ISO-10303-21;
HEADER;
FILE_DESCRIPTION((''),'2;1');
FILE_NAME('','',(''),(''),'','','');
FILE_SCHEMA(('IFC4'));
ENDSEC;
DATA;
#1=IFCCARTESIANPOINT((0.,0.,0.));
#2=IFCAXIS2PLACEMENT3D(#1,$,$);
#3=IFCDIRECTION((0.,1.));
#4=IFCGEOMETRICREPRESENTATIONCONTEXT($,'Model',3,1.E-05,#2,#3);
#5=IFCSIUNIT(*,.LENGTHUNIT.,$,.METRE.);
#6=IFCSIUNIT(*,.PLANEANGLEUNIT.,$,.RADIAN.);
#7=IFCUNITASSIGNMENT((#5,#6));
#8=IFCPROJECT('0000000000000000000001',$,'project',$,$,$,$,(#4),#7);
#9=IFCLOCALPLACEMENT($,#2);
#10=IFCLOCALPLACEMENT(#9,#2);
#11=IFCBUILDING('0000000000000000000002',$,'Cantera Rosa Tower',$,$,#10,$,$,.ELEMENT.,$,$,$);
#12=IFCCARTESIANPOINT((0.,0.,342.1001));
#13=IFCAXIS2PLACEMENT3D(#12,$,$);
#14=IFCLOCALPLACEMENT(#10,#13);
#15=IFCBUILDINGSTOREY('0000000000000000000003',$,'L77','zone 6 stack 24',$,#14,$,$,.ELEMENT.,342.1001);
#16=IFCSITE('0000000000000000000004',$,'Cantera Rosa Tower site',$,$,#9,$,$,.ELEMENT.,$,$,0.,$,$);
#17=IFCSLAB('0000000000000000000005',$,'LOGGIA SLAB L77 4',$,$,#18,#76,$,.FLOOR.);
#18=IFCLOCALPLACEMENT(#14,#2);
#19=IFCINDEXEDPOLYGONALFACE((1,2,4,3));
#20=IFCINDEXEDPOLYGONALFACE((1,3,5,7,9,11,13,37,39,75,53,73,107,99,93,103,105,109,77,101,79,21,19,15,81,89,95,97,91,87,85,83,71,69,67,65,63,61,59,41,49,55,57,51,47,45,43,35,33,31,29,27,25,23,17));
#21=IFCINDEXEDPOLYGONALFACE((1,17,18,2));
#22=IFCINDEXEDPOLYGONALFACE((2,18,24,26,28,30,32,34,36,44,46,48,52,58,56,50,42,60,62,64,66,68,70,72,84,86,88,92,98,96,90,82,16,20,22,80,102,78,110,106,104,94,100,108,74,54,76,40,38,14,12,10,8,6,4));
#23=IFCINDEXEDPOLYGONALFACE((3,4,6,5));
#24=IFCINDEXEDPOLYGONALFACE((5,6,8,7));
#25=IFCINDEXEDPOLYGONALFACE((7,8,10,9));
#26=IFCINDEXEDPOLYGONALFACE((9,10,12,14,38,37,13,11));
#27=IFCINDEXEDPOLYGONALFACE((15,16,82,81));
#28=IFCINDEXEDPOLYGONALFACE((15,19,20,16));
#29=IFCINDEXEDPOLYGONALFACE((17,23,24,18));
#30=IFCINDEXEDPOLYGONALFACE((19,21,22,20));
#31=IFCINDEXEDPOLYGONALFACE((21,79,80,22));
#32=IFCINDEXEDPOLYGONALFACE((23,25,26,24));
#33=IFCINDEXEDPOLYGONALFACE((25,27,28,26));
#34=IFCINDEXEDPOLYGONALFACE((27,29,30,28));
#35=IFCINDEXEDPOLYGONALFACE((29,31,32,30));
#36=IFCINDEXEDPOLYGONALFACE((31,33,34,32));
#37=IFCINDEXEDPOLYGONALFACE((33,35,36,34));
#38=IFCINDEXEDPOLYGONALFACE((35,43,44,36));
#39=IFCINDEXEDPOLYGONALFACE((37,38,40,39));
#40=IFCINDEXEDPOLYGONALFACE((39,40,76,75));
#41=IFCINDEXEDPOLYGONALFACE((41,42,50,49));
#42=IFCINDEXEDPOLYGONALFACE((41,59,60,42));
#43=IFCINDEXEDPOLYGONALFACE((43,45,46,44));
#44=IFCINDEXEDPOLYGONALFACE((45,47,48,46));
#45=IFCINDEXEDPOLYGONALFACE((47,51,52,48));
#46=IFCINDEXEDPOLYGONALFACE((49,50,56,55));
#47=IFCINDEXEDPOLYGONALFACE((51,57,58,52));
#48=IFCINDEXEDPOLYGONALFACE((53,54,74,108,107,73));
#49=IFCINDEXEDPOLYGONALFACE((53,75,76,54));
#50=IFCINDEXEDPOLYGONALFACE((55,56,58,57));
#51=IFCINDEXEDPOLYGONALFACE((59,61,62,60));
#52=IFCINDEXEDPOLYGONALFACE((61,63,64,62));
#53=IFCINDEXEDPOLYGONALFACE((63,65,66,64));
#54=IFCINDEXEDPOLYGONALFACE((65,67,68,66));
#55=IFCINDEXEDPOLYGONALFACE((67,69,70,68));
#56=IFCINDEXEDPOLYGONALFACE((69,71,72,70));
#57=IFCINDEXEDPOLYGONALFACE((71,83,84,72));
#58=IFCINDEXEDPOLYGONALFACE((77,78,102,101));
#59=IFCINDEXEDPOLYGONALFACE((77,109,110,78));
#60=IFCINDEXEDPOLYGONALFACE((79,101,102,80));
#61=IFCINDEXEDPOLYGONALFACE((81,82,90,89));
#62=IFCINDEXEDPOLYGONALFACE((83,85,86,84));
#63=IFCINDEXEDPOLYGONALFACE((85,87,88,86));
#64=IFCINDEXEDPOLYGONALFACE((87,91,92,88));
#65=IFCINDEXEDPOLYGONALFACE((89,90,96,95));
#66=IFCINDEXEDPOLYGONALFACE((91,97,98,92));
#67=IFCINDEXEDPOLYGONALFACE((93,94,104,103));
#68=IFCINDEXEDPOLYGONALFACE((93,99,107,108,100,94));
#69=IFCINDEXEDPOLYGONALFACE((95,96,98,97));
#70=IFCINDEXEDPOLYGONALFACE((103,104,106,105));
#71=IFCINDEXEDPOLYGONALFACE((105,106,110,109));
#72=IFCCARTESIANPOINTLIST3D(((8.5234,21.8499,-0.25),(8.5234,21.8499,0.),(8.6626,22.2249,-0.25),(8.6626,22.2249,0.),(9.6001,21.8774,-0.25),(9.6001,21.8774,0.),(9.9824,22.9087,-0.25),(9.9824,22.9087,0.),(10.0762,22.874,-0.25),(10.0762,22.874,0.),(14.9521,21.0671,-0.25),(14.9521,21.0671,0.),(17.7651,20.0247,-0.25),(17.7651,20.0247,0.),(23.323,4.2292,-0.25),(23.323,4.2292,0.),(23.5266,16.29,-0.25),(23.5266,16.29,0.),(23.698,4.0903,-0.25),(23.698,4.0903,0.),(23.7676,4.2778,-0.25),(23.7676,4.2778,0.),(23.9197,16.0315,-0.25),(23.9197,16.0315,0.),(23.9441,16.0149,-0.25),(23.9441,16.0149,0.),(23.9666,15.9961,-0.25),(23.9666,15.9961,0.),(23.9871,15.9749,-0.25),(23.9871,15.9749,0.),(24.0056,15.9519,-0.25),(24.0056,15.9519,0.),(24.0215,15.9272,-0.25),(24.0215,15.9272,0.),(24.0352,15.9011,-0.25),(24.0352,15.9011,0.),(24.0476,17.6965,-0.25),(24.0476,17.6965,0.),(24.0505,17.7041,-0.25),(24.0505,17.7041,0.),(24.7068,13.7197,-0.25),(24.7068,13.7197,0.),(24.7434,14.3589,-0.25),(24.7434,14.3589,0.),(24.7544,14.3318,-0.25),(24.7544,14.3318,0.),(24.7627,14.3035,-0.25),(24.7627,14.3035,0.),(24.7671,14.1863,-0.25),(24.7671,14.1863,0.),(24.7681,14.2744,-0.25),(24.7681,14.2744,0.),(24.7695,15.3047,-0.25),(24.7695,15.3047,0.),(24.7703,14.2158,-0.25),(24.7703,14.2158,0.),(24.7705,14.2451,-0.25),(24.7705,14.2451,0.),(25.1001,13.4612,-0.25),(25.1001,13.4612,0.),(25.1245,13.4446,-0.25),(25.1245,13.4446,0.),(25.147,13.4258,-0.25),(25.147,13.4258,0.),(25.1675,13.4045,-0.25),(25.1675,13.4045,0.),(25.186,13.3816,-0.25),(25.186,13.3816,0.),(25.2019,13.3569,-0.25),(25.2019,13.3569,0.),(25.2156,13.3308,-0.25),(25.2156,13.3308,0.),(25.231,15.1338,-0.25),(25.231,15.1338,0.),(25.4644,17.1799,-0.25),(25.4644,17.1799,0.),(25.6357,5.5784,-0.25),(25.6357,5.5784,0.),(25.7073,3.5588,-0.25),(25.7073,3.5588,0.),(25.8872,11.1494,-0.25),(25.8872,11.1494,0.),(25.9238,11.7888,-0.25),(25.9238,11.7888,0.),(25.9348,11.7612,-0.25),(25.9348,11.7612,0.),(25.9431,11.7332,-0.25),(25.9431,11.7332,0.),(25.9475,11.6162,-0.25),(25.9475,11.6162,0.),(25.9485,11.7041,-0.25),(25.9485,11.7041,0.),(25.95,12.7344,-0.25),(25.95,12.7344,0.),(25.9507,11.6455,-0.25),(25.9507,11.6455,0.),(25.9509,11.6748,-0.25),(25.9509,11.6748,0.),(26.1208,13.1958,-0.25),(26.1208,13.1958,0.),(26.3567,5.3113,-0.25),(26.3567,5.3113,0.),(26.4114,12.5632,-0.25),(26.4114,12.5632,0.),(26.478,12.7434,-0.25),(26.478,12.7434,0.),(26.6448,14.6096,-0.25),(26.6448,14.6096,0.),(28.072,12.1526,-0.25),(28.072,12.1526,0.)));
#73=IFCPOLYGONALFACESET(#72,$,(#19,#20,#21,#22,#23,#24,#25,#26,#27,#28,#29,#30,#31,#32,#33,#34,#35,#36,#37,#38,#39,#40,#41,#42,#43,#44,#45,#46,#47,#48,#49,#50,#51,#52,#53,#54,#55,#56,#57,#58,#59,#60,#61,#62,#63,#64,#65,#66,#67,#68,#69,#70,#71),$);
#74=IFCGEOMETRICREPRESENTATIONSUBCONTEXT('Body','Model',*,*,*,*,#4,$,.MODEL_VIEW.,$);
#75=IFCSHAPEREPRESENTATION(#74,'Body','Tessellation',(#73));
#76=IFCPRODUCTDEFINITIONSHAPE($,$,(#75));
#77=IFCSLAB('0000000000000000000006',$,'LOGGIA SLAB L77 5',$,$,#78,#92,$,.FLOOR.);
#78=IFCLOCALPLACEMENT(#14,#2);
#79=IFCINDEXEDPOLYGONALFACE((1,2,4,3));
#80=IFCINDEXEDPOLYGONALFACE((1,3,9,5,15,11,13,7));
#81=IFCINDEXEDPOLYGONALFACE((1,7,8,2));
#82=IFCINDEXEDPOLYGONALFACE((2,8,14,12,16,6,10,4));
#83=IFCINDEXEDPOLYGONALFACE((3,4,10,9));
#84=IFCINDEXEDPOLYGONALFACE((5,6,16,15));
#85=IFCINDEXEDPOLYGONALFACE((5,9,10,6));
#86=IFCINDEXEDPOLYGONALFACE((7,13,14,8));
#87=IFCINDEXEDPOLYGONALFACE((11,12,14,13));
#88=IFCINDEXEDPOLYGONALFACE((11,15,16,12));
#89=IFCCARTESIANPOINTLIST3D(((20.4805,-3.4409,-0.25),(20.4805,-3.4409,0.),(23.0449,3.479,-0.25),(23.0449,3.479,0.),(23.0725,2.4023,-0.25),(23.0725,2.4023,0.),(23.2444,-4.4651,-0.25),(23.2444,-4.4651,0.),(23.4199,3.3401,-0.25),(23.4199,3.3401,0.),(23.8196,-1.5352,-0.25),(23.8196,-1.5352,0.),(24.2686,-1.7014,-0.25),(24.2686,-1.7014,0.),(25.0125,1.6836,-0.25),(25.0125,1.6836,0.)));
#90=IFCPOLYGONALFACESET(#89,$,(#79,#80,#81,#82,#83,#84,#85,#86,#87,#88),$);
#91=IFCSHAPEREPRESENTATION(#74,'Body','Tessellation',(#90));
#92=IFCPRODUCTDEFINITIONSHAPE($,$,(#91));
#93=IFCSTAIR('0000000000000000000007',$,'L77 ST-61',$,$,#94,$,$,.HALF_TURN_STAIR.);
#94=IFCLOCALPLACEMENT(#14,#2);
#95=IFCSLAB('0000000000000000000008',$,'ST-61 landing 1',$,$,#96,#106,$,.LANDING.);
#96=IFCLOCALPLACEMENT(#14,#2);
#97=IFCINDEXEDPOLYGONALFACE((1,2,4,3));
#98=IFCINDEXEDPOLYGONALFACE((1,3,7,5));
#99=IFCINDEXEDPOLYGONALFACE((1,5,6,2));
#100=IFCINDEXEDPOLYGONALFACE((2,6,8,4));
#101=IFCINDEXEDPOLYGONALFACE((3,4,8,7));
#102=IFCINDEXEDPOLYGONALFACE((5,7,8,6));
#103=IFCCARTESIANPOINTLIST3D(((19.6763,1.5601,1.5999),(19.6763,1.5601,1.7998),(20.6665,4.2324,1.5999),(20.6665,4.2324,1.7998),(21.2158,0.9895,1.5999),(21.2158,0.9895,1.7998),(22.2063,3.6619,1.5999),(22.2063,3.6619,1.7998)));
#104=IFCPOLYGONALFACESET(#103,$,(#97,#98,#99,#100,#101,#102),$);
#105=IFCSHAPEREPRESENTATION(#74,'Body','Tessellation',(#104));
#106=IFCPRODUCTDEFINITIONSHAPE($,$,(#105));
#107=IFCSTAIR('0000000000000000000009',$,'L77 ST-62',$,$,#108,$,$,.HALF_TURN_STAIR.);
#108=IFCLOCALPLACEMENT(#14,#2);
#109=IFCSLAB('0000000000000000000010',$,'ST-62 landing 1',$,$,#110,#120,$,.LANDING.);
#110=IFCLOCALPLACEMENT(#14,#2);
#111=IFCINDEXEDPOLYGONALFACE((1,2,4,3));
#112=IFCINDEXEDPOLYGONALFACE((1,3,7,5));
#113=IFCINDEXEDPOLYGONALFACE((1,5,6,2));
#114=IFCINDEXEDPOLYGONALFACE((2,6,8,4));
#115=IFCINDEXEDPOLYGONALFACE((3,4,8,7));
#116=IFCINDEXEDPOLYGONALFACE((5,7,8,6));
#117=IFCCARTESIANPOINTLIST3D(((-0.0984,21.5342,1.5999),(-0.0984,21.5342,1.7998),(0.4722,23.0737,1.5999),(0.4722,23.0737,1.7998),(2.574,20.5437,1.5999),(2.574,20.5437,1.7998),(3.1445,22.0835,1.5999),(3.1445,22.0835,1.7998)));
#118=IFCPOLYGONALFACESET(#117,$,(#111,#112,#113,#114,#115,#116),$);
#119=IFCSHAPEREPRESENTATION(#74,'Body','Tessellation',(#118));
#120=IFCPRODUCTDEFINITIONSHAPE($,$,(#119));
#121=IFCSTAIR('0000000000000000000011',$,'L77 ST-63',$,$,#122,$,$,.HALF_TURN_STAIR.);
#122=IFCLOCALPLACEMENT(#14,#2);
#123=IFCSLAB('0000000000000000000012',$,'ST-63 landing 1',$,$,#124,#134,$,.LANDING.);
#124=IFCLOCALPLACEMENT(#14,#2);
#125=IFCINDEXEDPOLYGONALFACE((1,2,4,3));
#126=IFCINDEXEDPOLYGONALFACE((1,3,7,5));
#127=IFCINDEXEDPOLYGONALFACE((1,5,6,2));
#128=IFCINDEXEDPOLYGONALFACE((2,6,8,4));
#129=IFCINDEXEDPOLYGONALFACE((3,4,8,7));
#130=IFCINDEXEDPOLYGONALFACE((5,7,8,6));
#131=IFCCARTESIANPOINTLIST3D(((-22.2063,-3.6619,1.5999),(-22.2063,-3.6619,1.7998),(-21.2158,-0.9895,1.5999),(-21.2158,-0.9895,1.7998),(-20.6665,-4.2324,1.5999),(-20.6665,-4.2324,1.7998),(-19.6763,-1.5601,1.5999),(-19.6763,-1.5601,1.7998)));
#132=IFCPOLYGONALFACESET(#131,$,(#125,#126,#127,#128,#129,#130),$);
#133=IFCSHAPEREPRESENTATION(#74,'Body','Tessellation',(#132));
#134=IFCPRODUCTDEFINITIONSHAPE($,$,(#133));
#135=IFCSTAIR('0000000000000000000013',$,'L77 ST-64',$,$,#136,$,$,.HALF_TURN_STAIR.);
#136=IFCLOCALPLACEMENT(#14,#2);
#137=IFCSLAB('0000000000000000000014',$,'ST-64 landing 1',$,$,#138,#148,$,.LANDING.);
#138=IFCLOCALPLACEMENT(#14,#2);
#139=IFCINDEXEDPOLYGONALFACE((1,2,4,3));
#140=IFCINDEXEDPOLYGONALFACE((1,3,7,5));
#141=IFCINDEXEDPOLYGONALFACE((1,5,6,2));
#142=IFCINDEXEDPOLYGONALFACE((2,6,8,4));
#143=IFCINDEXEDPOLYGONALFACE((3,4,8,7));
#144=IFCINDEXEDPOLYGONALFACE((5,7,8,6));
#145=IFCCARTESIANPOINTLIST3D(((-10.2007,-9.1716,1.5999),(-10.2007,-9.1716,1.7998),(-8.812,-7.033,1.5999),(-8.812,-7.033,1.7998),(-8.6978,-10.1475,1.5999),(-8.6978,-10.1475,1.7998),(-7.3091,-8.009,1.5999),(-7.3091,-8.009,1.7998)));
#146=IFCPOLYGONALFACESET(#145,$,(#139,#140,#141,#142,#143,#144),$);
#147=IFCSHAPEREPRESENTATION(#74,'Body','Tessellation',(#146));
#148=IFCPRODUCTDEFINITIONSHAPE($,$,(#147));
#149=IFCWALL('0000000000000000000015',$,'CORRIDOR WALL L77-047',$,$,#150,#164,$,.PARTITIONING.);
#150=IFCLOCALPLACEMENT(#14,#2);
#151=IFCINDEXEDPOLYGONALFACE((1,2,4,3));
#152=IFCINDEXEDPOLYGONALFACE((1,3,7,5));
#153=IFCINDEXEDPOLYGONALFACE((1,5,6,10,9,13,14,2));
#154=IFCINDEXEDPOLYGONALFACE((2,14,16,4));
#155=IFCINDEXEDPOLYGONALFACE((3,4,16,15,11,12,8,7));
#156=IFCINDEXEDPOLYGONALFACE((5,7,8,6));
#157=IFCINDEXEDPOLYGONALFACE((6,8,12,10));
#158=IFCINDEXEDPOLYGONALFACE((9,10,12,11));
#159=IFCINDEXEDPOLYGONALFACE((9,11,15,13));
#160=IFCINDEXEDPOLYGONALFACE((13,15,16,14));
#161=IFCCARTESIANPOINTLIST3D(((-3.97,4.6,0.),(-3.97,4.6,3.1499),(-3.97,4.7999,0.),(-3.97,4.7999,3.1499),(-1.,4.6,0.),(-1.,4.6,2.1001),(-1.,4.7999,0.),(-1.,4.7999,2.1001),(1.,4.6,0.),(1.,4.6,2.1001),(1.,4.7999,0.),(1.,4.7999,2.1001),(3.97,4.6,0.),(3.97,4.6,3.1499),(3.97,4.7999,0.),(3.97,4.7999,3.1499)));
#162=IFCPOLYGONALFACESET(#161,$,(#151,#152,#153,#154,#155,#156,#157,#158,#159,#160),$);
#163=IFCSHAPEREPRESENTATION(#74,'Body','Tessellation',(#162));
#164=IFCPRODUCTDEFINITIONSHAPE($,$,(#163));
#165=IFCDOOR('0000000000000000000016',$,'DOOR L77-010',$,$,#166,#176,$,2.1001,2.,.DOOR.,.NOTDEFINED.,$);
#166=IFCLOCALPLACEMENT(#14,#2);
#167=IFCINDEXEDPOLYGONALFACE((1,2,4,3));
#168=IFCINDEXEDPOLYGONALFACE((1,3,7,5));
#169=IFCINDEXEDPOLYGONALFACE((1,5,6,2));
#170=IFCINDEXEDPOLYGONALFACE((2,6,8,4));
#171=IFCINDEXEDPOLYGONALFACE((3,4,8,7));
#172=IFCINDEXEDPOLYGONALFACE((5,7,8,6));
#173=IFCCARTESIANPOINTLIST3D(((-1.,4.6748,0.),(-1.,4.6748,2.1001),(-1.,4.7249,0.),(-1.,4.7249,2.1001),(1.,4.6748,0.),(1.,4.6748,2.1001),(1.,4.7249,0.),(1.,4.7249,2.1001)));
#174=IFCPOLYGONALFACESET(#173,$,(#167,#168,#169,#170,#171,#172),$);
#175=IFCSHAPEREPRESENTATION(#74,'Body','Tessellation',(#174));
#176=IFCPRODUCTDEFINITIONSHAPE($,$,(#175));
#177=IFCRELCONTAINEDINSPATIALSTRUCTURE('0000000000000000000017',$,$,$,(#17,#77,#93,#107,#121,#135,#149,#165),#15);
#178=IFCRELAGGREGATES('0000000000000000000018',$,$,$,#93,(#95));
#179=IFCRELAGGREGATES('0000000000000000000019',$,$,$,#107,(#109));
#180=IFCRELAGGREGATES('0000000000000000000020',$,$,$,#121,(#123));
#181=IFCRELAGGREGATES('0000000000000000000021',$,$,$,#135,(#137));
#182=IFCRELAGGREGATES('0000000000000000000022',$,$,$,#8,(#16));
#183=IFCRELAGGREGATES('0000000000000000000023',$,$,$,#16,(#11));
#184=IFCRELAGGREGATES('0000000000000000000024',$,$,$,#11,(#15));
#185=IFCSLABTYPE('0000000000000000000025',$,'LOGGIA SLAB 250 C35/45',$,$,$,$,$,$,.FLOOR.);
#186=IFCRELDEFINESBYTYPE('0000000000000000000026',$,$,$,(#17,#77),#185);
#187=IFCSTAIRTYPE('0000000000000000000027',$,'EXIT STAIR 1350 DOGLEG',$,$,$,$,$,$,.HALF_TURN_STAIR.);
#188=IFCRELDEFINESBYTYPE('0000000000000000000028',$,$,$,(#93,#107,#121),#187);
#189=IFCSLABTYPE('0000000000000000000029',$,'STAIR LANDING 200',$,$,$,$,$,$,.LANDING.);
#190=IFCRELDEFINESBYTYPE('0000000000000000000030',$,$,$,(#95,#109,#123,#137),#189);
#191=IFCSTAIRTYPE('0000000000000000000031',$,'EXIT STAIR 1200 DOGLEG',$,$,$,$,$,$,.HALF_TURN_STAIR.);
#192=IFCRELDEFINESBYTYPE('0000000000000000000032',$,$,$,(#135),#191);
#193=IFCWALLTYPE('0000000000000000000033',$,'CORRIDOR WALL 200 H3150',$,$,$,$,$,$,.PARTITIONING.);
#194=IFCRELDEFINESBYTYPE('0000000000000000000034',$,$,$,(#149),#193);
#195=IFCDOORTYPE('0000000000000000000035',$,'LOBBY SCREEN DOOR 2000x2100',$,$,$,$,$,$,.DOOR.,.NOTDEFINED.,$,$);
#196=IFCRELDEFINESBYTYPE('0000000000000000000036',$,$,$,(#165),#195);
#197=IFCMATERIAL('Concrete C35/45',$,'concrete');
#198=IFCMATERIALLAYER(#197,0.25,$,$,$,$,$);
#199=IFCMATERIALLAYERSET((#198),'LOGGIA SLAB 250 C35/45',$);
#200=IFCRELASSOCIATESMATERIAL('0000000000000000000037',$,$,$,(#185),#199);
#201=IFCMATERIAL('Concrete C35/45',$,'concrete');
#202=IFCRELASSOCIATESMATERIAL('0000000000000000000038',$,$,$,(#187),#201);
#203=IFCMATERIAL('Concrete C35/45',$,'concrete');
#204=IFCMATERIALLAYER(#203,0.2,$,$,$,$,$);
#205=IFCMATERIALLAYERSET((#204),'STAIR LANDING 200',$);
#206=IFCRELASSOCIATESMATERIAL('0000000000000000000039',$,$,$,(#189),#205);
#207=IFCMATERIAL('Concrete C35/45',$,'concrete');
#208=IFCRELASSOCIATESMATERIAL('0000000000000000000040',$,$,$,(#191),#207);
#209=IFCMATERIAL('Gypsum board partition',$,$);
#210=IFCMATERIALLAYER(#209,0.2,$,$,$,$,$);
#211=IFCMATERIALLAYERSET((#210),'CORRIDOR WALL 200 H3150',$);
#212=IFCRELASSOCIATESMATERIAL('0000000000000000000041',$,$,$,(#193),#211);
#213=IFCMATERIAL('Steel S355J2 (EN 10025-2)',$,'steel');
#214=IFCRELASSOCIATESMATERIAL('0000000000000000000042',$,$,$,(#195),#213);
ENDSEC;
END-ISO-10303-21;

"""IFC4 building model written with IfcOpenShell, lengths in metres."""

from ifc_helpers import new_model, si_unit, direction, frame, frame_2d, origin, place, context, subcontext, project, spatial, polyline, rectangle, outline, extrude, material, layer, layer_set, type_object, element, fill, aggregate, save


model = new_model("IFC4")

# Units and contexts
model_context = context("Model", 3, precision=1e-05, world=origin(), true_north=direction((0.0, 1.0)))
body_context = subcontext(model_context, "Body", "Model", "MODEL_VIEW")
ifc_project = project(units=[si_unit("LENGTHUNIT", "METRE"), si_unit("PLANEANGLEUNIT", "RADIAN")], contexts=[model_context])

# Site, building, storey
site_placement = place(None, origin())
site = spatial("IfcSite", under=ifc_project, at=site_placement, Name="Cantera Rosa Tower site", CompositionType="ELEMENT", RefElevation=0.0)
building_placement = place(site_placement, origin())
building = spatial("IfcBuilding", under=site, at=building_placement, Name="Cantera Rosa Tower", CompositionType="ELEMENT")
storey_placement = place(building_placement, frame((0.0, 0.0, 342.1001)))
storey = spatial("IfcBuildingStorey", under=building, at=storey_placement, Name="L77", Description="zone 6 stack 24", CompositionType="ELEMENT", Elevation=342.1001)

# Slabs
ifc_material_1 = material(Name="Concrete C35/45", Category="concrete")
ifc_layer_1 = layer(ifc_material_1, 0.25)
ifc_layer_set_1 = layer_set([ifc_layer_1], Name="LOGGIA SLAB 250 C35/45")
slab_type_1 = type_object("IfcSlabType", Name="LOGGIA SLAB 250 C35/45", PredefinedType="FLOOR", material=ifc_layer_set_1)
slab_1_placement = place(storey_placement, frame((0.0, 0.0, -0.25)))
element("IfcSlab", 1, at=slab_1_placement, inside=storey, type_object=slab_type_1, Name="LOGGIA SLAB L77 4", PredefinedType="FLOOR", context=body_context, shape_type="SweptSolid", body=[
    extrude(outline(polyline([(17.7651, 20.0247), (24.0476, 17.6965), (24.0505, 17.7041), (25.4644, 17.1799), (24.7695, 15.3047), (25.231, 15.1338), (26.6448, 14.6096), (26.1208, 13.1958), (25.95, 12.7344), (26.4114, 12.5632), (26.478, 12.7434), (28.072, 12.1526), (25.6357, 5.5784), (26.3567, 5.3113), (25.7073, 3.5588), (23.7676, 4.2778), (23.698, 4.0903), (23.323, 4.2292), (25.8872, 11.1494), (25.9475, 11.6162), (25.9507, 11.6455), (25.9509, 11.6748), (25.9485, 11.7041), (25.9431, 11.7332), (25.9348, 11.7612), (25.9238, 11.7888), (25.2156, 13.3308), (25.2019, 13.3569), (25.186, 13.3816), (25.1675, 13.4045), (25.147, 13.4258), (25.1245, 13.4446), (25.1001, 13.4612), (24.7068, 13.7197), (24.7671, 14.1863), (24.7703, 14.2158), (24.7705, 14.2451), (24.7681, 14.2744), (24.7627, 14.3035), (24.7544, 14.3318), (24.7434, 14.3589), (24.0352, 15.9011), (24.0215, 15.9272), (24.0056, 15.9519), (23.9871, 15.9749), (23.9666, 15.9961), (23.9441, 16.0149), (23.9197, 16.0315), (23.5266, 16.29), (8.5234, 21.8499), (8.6626, 22.2249), (9.6001, 21.8774), (9.9824, 22.9087), (10.0762, 22.874), (14.9521, 21.0671), (17.7651, 20.0247)])), origin(), (0.0, 0.0, 1.0), 0.25),
])
slab_2_placement = place(storey_placement, frame((0.0, 0.0, -0.25)))
element("IfcSlab", 2, at=slab_2_placement, inside=storey, type_object=slab_type_1, Name="LOGGIA SLAB L77 5", PredefinedType="FLOOR", context=body_context, shape_type="SweptSolid", body=[
    extrude(outline(polyline([(23.4199, 3.3401), (23.0725, 2.4023), (25.0125, 1.6836), (23.8196, -1.5352), (24.2686, -1.7014), (23.2444, -4.4651), (20.4805, -3.4409), (23.0449, 3.479), (23.4199, 3.3401)])), origin(), (0.0, 0.0, 1.0), 0.25),
])

# Stairs, slabs
ifc_material_2 = material(Name="Concrete C35/45", Category="concrete")
stair_type_1 = type_object("IfcStairType", Name="EXIT STAIR 1350 DOGLEG", PredefinedType="HALF_TURN_STAIR", material=ifc_material_2)
stair_1_placement = place(storey_placement, origin())
stair_1 = element("IfcStair", 3, at=stair_1_placement, inside=storey, type_object=stair_type_1, Name="L77 ST-61", PredefinedType="HALF_TURN_STAIR")
ifc_material_3 = material(Name="Concrete C35/45", Category="concrete")
ifc_layer_2 = layer(ifc_material_3, 0.2)
ifc_layer_set_2 = layer_set([ifc_layer_2], Name="STAIR LANDING 200")
slab_type_2 = type_object("IfcSlabType", Name="STAIR LANDING 200", PredefinedType="LANDING", material=ifc_layer_set_2)
slab_3_placement = place(storey_placement, frame((0.0, 0.0, 1.5999)))
slab_3 = element("IfcSlab", 4, at=slab_3_placement, type_object=slab_type_2, Name="ST-61 landing 1", PredefinedType="LANDING", context=body_context, shape_type="SweptSolid", body=[
    extrude(outline(polyline([(19.6763, 1.5601), (21.2158, 0.9895), (22.2063, 3.6619), (20.6665, 4.2324), (19.6763, 1.5601)])), origin(), (0.0, 0.0, 1.0), 0.2),
])
aggregate(stair_1, [slab_3])
stair_2_placement = place(storey_placement, origin())
stair_2 = element("IfcStair", 5, at=stair_2_placement, inside=storey, type_object=stair_type_1, Name="L77 ST-62", PredefinedType="HALF_TURN_STAIR")
slab_4_placement = place(storey_placement, frame((0.0, 0.0, 1.5999)))
slab_4 = element("IfcSlab", 6, at=slab_4_placement, type_object=slab_type_2, Name="ST-62 landing 1", PredefinedType="LANDING", context=body_context, shape_type="SweptSolid", body=[
    extrude(outline(polyline([(2.574, 20.5437), (3.1445, 22.0835), (0.4722, 23.0737), (-0.0984, 21.5342), (2.574, 20.5437)])), origin(), (0.0, 0.0, 1.0), 0.2),
])
aggregate(stair_2, [slab_4])
stair_3_placement = place(storey_placement, origin())
stair_3 = element("IfcStair", 7, at=stair_3_placement, inside=storey, type_object=stair_type_1, Name="L77 ST-63", PredefinedType="HALF_TURN_STAIR")
slab_5_placement = place(storey_placement, frame((0.0, 0.0, 1.5999)))
slab_5 = element("IfcSlab", 8, at=slab_5_placement, type_object=slab_type_2, Name="ST-63 landing 1", PredefinedType="LANDING", context=body_context, shape_type="SweptSolid", body=[
    extrude(outline(polyline([(-19.6763, -1.5601), (-21.2158, -0.9895), (-22.2063, -3.6619), (-20.6665, -4.2324), (-19.6763, -1.5601)])), origin(), (0.0, 0.0, 1.0), 0.2),
])
aggregate(stair_3, [slab_5])
ifc_material_4 = material(Name="Concrete C35/45", Category="concrete")
stair_type_2 = type_object("IfcStairType", Name="EXIT STAIR 1200 DOGLEG", PredefinedType="HALF_TURN_STAIR", material=ifc_material_4)
stair_4_placement = place(storey_placement, origin())
stair_4 = element("IfcStair", 9, at=stair_4_placement, inside=storey, type_object=stair_type_2, Name="L77 ST-64", PredefinedType="HALF_TURN_STAIR")
slab_6_placement = place(storey_placement, frame((0.0, 0.0, 1.5999)))
slab_6 = element("IfcSlab", 10, at=slab_6_placement, type_object=slab_type_2, Name="ST-64 landing 1", PredefinedType="LANDING", context=body_context, shape_type="SweptSolid", body=[
    extrude(outline(polyline([(-7.3091, -8.009), (-8.812, -7.033), (-10.2007, -9.1716), (-8.6978, -10.1475), (-7.3091, -8.009)])), origin(), (0.0, 0.0, 1.0), 0.2),
])
aggregate(stair_4, [slab_6])

# Wall, opening, door
ifc_material_5 = material(Name="Gypsum board partition")
ifc_layer_3 = layer(ifc_material_5, 0.2)
ifc_layer_set_3 = layer_set([ifc_layer_3], Name="CORRIDOR WALL 200 H3150")
wall_type = type_object("IfcWallType", Name="CORRIDOR WALL 200 H3150", PredefinedType="PARTITIONING", material=ifc_layer_set_3)
wall_placement = place(storey_placement, frame((-3.97, 4.7, 0.0), z_axis=(0.0, 0.0, 1.0), x_axis=(1.0, 0.0, 0.0)))
wall = element("IfcWall", 11, at=wall_placement, inside=storey, type_object=wall_type, Name="CORRIDOR WALL L77-047", PredefinedType="PARTITIONING", context=body_context, shape_type="SweptSolid", body=[
    extrude(rectangle(XDim=7.9399, YDim=0.2, at=frame_2d((3.97, 0.0))), origin(), (0.0, 0.0, 1.0), 3.1499),
])
opening_placement = place(wall_placement, frame((2.97, 0.0, 0.0)))
opening = element("IfcOpeningElement", 12, at=opening_placement, cuts=wall, PredefinedType="OPENING", context=body_context, shape_type="SweptSolid", body=[
    extrude(rectangle(XDim=2.0, YDim=2.1001, at=frame_2d((1.0, 1.05))), frame((0.0, 0.1099, 0.0), z_axis=(0.0, -1.0, 0.0), x_axis=(1.0, 0.0, 0.0)), (0.0, 0.0, 1.0), 0.22),
])
ifc_material_6 = material(Name="Steel S355J2 (EN 10025-2)", Category="steel")
door_type = type_object("IfcDoorType", Name="LOBBY SCREEN DOOR 2000x2100", OperationType="NOTDEFINED", PredefinedType="DOOR", material=ifc_material_6)
door_placement = place(opening_placement, origin())
door = element("IfcDoor", 13, at=door_placement, inside=storey, type_object=door_type, Name="DOOR L77-010", OperationType="NOTDEFINED", OverallHeight=2.1001, OverallWidth=2.0, PredefinedType="DOOR", context=body_context, shape_type="SweptSolid", body=[
    extrude(rectangle(XDim=2.0, YDim=2.1001, at=frame_2d((1.0, 1.05))), frame((0.0, 0.0249, 0.0), z_axis=(0.0, -1.0, 0.0), x_axis=(1.0, 0.0, 0.0)), (0.0, 0.0, 1.0), 0.05),
])
fill(opening, door)

save(model, "model.ifc")
